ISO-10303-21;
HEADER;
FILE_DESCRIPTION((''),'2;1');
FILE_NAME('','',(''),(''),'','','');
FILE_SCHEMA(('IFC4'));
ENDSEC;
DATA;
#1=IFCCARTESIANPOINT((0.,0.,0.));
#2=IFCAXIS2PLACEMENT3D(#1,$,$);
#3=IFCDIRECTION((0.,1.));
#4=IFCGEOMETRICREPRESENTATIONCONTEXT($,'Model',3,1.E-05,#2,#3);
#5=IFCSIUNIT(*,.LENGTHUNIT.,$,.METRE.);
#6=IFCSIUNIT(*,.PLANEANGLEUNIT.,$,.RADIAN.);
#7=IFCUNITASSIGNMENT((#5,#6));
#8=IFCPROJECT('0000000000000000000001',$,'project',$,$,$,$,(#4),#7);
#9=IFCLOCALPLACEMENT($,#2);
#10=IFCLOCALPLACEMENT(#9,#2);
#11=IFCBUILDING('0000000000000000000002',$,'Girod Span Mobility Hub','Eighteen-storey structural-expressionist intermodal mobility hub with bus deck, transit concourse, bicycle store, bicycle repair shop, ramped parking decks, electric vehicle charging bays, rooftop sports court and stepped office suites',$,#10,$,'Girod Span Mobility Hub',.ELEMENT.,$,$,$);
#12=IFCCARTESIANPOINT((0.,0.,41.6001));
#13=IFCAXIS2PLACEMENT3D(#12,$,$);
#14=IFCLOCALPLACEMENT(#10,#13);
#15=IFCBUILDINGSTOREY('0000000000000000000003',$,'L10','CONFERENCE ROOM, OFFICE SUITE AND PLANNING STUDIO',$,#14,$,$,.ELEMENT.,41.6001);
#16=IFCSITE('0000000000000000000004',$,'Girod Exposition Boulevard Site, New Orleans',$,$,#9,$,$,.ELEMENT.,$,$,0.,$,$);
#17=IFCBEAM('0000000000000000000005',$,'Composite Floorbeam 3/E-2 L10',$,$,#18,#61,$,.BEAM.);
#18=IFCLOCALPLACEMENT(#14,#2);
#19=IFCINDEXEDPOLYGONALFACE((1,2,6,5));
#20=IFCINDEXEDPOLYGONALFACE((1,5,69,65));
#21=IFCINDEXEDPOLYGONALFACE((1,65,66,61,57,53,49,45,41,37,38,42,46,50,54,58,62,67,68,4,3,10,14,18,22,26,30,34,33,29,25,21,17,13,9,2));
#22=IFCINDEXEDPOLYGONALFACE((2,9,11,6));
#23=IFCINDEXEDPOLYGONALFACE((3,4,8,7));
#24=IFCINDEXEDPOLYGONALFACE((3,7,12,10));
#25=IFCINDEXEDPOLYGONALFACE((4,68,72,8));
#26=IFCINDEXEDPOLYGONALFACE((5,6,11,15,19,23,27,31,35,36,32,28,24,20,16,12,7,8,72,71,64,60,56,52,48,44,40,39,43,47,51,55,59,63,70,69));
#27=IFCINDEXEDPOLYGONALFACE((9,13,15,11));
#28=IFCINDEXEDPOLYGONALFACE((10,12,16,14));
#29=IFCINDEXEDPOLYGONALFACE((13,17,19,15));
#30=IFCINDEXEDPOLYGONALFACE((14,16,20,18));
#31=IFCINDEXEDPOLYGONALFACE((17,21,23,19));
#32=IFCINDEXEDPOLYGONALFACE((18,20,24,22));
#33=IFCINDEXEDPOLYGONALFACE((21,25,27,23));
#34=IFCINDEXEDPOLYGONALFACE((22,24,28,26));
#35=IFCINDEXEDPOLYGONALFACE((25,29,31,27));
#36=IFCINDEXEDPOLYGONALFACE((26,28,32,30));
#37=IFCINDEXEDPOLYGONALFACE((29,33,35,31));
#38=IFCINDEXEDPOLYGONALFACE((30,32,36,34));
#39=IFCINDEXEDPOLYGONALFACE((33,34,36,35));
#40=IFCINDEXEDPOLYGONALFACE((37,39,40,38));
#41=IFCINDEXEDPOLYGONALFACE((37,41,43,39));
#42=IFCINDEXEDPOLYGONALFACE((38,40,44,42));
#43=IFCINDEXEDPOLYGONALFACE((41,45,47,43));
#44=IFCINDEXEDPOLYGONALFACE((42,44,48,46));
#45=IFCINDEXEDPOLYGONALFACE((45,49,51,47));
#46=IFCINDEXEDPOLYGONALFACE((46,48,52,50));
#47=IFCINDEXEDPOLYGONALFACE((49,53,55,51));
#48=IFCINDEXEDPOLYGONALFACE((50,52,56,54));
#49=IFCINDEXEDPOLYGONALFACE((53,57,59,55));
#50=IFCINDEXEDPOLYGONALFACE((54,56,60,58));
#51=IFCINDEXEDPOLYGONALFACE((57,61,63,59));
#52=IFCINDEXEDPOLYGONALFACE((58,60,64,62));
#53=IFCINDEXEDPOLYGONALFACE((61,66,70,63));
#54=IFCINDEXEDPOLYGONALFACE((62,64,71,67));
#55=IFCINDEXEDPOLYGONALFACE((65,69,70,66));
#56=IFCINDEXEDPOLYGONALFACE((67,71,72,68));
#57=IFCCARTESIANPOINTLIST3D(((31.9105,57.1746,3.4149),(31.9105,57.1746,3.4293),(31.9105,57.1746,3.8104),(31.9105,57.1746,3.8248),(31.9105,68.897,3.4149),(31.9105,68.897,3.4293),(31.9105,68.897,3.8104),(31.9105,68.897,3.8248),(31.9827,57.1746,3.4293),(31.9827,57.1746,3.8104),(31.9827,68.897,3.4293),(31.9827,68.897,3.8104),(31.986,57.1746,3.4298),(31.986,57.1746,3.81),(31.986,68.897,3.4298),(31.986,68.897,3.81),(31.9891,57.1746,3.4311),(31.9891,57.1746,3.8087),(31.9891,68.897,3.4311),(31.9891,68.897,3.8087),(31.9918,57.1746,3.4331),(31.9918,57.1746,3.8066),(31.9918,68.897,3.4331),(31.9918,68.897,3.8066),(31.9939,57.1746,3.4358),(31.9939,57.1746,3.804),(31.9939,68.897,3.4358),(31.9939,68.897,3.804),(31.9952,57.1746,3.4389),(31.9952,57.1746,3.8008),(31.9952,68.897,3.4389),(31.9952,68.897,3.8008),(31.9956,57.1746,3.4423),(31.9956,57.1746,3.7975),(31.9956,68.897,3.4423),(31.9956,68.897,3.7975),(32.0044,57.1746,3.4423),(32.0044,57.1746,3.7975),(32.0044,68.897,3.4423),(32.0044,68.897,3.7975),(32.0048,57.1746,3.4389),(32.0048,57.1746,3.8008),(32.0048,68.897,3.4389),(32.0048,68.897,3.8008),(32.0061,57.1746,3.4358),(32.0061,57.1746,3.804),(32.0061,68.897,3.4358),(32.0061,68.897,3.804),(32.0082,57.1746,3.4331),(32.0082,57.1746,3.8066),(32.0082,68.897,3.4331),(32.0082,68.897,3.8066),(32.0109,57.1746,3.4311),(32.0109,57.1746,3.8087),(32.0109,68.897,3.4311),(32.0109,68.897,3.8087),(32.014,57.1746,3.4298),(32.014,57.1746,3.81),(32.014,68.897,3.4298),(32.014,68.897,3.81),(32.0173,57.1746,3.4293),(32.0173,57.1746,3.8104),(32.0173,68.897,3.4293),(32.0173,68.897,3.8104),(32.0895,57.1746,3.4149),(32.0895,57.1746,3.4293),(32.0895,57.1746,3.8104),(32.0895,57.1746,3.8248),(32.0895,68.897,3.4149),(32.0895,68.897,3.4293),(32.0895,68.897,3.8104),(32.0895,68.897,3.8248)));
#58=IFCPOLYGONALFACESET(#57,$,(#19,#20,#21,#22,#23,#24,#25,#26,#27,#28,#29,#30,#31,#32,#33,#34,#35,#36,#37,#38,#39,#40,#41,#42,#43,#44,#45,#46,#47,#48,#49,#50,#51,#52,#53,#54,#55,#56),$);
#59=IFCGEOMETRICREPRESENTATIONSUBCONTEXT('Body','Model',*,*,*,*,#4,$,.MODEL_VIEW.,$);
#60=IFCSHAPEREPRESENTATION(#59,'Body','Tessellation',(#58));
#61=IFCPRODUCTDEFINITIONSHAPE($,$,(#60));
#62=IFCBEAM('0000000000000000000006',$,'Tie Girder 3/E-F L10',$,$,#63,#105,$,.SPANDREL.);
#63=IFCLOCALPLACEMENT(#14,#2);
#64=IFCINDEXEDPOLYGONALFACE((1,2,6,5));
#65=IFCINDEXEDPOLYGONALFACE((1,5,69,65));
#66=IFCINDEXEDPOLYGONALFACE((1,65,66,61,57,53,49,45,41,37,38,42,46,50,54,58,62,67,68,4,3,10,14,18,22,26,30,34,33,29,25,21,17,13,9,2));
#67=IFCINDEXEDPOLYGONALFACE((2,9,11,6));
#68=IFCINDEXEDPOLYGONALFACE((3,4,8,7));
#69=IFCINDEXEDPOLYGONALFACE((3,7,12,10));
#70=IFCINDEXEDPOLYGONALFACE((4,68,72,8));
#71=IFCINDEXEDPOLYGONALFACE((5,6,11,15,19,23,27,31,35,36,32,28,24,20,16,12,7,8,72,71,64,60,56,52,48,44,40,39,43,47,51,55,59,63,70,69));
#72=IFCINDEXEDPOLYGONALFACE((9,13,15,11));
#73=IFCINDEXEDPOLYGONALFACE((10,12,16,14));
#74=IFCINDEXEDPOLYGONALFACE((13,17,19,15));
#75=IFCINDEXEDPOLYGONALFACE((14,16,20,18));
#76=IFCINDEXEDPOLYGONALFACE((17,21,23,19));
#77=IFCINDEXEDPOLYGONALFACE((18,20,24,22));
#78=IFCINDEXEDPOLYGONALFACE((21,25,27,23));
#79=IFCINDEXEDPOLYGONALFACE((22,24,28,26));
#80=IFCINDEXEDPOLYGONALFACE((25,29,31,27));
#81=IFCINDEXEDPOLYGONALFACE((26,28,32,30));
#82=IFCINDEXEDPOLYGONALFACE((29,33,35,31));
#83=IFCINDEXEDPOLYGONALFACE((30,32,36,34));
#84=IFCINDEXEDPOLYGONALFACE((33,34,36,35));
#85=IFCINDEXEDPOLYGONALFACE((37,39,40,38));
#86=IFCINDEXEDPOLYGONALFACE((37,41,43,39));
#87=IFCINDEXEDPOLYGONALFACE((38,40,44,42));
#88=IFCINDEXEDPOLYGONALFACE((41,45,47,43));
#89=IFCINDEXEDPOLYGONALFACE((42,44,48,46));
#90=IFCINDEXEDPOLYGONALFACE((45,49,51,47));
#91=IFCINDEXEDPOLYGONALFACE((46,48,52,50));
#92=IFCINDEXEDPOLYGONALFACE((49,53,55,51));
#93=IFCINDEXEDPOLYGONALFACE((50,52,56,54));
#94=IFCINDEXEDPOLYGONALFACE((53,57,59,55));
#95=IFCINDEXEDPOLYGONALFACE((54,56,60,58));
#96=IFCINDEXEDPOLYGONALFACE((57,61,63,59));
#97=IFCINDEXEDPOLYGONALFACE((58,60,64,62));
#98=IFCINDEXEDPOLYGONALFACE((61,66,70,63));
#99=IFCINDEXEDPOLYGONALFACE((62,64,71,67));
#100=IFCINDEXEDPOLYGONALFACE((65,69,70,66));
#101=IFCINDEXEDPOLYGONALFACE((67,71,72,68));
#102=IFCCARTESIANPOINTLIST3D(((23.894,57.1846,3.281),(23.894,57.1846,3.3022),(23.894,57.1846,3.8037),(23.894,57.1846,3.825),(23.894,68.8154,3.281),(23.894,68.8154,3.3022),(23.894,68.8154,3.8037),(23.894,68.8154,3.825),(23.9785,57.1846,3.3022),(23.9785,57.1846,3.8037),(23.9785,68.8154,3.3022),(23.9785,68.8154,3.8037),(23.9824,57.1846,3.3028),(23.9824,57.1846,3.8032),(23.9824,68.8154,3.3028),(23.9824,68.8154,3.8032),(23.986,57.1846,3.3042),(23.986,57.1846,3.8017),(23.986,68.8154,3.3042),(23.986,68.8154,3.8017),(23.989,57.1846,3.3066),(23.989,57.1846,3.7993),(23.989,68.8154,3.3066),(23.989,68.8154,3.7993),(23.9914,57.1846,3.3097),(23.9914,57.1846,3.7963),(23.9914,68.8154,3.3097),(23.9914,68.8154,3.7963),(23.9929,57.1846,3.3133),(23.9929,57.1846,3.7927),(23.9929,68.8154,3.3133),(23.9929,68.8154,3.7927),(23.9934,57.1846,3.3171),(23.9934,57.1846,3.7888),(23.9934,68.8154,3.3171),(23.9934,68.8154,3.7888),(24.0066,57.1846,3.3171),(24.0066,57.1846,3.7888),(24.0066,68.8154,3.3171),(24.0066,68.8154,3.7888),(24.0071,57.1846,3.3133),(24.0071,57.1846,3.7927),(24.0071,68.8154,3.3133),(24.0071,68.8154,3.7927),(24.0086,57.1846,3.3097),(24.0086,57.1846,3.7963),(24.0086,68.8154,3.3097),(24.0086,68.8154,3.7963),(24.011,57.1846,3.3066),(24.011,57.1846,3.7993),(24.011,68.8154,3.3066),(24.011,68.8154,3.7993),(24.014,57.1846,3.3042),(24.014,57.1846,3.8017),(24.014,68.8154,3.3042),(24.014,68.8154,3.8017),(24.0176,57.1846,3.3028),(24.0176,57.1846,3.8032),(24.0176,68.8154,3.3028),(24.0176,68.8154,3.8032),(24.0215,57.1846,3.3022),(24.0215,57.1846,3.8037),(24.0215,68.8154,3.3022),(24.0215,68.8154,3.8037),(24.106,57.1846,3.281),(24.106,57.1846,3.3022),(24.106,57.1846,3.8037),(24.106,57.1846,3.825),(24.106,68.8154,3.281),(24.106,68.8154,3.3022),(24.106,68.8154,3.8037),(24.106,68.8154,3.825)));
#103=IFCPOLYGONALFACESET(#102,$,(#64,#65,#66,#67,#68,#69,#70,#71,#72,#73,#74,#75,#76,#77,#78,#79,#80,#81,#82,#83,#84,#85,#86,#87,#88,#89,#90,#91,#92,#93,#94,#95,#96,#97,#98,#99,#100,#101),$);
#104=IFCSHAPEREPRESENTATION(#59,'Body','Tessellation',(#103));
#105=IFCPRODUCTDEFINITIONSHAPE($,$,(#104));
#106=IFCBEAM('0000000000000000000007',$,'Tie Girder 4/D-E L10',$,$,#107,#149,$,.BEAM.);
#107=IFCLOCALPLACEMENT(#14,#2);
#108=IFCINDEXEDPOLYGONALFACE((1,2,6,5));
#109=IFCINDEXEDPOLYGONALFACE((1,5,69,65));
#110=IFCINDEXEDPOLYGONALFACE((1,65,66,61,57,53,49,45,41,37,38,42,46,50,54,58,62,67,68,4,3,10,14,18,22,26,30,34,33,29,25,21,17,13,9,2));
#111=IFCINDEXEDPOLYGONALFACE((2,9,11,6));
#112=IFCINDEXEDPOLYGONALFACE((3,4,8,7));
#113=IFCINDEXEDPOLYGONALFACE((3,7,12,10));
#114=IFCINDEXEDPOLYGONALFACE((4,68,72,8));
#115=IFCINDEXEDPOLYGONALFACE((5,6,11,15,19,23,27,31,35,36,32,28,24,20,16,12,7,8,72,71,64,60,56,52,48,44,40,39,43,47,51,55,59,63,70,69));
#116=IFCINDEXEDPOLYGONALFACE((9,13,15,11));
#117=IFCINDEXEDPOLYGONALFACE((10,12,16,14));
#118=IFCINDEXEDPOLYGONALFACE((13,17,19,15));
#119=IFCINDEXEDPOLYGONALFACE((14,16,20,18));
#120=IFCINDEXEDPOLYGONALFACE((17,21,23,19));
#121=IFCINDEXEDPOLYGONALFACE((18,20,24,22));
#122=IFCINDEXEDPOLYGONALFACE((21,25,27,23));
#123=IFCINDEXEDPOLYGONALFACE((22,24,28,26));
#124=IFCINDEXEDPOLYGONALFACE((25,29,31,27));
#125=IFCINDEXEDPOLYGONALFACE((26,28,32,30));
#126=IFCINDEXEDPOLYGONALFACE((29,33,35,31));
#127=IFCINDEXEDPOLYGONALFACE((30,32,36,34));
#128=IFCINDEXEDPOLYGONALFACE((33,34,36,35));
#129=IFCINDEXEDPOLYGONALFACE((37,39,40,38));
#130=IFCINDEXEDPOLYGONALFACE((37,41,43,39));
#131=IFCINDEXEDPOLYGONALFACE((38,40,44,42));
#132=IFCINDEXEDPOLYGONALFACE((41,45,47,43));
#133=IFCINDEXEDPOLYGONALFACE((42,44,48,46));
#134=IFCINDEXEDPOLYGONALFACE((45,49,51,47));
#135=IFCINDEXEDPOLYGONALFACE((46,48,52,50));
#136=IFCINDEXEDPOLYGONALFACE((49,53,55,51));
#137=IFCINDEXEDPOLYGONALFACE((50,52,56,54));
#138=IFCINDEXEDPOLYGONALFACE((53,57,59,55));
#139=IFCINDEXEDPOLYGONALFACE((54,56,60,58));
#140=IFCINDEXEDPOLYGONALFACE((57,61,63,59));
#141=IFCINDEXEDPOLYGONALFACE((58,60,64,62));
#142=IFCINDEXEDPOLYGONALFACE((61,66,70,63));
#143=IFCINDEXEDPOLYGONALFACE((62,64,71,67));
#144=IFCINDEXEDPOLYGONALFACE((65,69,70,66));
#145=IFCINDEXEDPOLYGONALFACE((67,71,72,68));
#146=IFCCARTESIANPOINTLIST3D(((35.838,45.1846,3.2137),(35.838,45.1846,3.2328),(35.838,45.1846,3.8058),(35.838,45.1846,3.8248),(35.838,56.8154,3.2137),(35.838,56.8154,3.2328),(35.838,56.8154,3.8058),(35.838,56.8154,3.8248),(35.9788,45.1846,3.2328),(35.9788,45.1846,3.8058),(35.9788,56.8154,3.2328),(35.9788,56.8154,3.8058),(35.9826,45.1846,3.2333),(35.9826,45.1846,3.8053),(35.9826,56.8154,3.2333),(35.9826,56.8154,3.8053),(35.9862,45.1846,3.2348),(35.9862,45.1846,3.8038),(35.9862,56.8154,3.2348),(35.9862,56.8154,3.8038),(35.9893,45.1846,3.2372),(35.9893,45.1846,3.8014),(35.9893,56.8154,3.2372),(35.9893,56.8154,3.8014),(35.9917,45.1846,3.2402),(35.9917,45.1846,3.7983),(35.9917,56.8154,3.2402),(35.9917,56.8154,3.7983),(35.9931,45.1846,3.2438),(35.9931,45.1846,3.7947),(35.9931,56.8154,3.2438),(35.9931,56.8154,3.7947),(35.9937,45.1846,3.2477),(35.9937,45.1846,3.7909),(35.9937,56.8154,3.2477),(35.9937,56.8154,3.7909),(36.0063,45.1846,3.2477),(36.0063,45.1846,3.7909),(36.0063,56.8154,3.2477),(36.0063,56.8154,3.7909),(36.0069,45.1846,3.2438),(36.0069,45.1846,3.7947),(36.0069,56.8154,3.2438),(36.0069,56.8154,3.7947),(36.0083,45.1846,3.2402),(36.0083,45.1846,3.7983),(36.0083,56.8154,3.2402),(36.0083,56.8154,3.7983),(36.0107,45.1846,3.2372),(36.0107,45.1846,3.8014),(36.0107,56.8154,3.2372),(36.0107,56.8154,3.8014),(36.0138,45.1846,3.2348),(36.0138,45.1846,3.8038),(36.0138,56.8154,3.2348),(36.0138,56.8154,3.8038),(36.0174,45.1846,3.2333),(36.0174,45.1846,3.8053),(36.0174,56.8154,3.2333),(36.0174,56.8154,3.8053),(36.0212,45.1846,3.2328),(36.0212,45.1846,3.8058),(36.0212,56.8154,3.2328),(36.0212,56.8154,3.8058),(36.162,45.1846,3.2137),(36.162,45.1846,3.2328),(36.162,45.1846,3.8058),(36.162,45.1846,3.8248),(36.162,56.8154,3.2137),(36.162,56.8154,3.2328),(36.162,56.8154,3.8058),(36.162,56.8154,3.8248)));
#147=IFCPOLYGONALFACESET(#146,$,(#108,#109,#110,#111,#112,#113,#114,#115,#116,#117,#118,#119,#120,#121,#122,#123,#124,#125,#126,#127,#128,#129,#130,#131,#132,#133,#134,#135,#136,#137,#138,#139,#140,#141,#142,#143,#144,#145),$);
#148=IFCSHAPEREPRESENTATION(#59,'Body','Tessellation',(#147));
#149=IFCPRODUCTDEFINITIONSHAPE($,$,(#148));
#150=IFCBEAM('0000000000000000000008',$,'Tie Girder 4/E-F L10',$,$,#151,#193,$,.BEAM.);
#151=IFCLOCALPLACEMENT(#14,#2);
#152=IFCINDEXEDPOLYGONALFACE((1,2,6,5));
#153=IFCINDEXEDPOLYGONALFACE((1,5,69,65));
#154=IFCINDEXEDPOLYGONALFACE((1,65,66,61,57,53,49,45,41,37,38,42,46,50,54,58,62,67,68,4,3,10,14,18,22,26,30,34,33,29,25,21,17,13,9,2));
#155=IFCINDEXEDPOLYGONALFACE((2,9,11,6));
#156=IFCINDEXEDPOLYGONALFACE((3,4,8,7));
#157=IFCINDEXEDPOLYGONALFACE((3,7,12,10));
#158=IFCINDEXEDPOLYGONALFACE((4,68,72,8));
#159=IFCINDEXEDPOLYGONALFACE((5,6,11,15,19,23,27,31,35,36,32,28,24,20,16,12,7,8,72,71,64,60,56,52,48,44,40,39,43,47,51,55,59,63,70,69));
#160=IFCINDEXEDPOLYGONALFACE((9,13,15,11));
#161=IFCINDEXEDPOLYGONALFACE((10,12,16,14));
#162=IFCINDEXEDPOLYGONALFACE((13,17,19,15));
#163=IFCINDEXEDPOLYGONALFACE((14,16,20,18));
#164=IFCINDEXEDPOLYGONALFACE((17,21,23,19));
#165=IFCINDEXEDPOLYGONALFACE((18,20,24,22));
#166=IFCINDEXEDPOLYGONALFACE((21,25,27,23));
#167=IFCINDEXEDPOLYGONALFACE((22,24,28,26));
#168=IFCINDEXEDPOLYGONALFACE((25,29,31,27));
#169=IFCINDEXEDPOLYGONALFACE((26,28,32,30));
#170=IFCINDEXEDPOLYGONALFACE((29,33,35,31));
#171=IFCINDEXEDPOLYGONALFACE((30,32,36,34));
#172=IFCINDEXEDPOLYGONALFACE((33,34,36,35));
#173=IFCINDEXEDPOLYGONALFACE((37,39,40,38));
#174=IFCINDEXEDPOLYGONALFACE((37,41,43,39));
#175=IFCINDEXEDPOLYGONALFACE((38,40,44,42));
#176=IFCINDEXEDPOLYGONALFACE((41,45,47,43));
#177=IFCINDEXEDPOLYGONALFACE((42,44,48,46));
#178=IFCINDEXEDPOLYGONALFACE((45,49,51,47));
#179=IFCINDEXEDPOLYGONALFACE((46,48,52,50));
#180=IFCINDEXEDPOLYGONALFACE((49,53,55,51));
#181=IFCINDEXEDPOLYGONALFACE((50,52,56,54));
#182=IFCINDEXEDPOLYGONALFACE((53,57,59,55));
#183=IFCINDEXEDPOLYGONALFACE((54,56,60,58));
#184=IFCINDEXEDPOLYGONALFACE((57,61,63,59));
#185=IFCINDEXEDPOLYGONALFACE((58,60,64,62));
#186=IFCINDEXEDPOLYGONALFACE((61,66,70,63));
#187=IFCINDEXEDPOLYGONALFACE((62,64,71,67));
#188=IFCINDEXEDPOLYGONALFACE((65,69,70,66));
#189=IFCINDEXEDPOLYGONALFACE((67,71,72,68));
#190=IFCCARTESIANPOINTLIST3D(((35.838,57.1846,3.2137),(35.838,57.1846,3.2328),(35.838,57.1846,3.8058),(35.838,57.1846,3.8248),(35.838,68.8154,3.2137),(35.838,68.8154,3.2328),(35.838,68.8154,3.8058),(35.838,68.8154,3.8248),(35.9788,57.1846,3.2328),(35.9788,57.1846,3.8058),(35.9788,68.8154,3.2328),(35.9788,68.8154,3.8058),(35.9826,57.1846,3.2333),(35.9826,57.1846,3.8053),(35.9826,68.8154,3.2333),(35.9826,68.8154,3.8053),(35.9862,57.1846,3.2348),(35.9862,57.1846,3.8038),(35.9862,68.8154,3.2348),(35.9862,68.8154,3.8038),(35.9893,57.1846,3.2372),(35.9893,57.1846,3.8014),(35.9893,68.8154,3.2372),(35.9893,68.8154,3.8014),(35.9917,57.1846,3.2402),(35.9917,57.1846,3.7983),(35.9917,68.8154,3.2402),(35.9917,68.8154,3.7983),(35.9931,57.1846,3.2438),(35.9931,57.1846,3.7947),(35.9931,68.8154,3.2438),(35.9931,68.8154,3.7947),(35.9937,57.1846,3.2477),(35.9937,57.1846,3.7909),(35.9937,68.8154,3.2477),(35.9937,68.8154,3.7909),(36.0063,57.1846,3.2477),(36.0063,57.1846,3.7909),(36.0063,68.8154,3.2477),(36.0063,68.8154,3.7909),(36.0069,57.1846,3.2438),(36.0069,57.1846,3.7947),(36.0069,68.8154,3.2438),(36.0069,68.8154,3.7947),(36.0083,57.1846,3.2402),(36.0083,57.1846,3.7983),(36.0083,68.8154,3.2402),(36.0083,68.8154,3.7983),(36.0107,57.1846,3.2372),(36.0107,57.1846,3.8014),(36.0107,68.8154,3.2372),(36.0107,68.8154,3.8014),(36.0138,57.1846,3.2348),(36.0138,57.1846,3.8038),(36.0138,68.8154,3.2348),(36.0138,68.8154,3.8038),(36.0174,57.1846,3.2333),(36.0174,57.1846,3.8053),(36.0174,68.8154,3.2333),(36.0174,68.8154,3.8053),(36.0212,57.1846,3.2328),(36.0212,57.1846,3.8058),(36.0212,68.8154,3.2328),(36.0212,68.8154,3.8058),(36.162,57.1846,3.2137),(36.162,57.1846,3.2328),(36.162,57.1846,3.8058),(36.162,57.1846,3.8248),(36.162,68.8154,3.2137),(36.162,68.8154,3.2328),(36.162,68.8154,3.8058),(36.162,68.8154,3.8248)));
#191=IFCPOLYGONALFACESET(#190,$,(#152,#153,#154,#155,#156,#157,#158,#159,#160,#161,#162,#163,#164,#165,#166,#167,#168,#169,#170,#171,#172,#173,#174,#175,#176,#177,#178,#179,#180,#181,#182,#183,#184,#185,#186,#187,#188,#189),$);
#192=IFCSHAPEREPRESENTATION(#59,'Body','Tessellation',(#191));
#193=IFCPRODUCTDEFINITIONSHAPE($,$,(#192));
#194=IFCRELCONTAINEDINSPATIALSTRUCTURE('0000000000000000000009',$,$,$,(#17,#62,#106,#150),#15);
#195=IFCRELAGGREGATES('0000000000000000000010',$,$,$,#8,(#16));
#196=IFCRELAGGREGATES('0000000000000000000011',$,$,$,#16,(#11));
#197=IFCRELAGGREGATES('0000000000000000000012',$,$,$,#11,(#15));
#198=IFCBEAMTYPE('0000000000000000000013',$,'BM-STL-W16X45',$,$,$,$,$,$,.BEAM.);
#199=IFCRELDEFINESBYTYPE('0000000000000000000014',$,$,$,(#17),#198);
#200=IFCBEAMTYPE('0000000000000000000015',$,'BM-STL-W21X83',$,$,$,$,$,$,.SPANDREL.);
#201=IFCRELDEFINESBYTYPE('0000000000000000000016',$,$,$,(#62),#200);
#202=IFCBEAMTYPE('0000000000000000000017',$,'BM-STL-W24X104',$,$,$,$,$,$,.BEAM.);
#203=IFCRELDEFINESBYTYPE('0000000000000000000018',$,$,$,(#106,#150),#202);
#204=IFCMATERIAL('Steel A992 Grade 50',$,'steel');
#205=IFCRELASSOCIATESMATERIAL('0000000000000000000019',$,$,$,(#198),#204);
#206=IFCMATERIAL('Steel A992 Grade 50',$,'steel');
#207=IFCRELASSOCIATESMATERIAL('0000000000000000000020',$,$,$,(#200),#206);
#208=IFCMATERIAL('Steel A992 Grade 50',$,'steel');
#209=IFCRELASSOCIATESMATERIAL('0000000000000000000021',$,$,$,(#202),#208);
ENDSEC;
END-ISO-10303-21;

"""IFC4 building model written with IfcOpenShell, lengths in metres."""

from ifc_helpers import new_model, si_unit, direction, frame, origin, origin_2d, place, context, subcontext, project, spatial, i_section, extrude, material, material_profile, profile_set, type_object, element, save


model = new_model("IFC4")

# Units and contexts
model_context = context("Model", 3, precision=1e-05, world=origin(), true_north=direction((0.0, 1.0)))
body_context = subcontext(model_context, "Body", "Model", "MODEL_VIEW")
ifc_project = project(units=[si_unit("LENGTHUNIT", "METRE"), si_unit("PLANEANGLEUNIT", "RADIAN")], contexts=[model_context])

# Site, building, storey
site_placement = place(None, origin())
site = spatial("IfcSite", under=ifc_project, at=site_placement, Name="Girod Exposition Boulevard Site, New Orleans", CompositionType="ELEMENT", RefElevation=0.0)
building_placement = place(site_placement, origin())
building = spatial("IfcBuilding", under=site, at=building_placement, Name="Girod Span Mobility Hub", Description="Eighteen-storey structural-expressionist intermodal mobility hub with bus deck, transit concourse, bicycle store, bicycle repair shop, ramped parking decks, electric vehicle charging bays, rooftop sports court and stepped office suites", LongName="Girod Span Mobility Hub", CompositionType="ELEMENT")
storey_placement = place(building_placement, frame((0.0, 0.0, 41.6001)))
storey = spatial("IfcBuildingStorey", under=building, at=storey_placement, Name="L10", Description="CONFERENCE ROOM, OFFICE SUITE AND PLANNING STUDIO", CompositionType="ELEMENT", Elevation=41.6001)

# Beams
ifc_material_1 = material(Name="Steel A992 Grade 50", Category="steel")
ifc_material_profile_1 = material_profile(ifc_material_1, i_section(OverallWidth=0.179, OverallDepth=0.4099, WebThickness=0.0088, FlangeThickness=0.0144, FilletRadius=0.0129, at=origin_2d()), Name="W16X45")
ifc_profile_set_1 = profile_set([ifc_material_profile_1], Name="Steel A992 Grade 50")
beam_type_1 = type_object("IfcBeamType", Name="BM-STL-W16X45", PredefinedType="BEAM", material=ifc_profile_set_1)
for number, where, z_axis, x_axis, name in (
    (1, (32.0, 57.1746, 3.6199), (0.0, 1.0, 0.0), (-1.0, 0.0, 0.0), "Composite Floorbeam 3/E-2 L10"),
):
    element("IfcBeam", number, at=place(storey_placement, frame(where, z_axis=z_axis, x_axis=x_axis)), inside=storey, type_object=beam_type_1, Name=name, PredefinedType="BEAM", context=body_context, shape_type="SweptSolid", body=[
        extrude(i_section(OverallWidth=0.179, OverallDepth=0.4099, WebThickness=0.0088, FlangeThickness=0.0144, FilletRadius=0.0129, at=origin_2d()), origin(), (0.0, 0.0, 1.0), 11.7224),
    ])
ifc_material_2 = material(Name="Steel A992 Grade 50", Category="steel")
ifc_material_profile_2 = material_profile(ifc_material_2, i_section(OverallWidth=0.2119, OverallDepth=0.5439, WebThickness=0.0132, FlangeThickness=0.0212, FilletRadius=0.0149, at=origin_2d()), Name="W21X83")
ifc_profile_set_2 = profile_set([ifc_material_profile_2], Name="Steel A992 Grade 50")
beam_type_2 = type_object("IfcBeamType", Name="BM-STL-W21X83", PredefinedType="SPANDREL", material=ifc_profile_set_2)
beam_1_placement = place(storey_placement, frame((24.0, 57.1846, 3.553), z_axis=(0.0, 1.0, 0.0), x_axis=(-1.0, 0.0, 0.0)))
element("IfcBeam", 2, at=beam_1_placement, inside=storey, type_object=beam_type_2, Name="Tie Girder 3/E-F L10", PredefinedType="SPANDREL", context=body_context, shape_type="SweptSolid", body=[
    extrude(i_section(OverallWidth=0.2119, OverallDepth=0.5439, WebThickness=0.0132, FlangeThickness=0.0212, FilletRadius=0.0149, at=origin_2d()), origin(), (0.0, 0.0, 1.0), 11.6309),
])
ifc_material_3 = material(Name="Steel A992 Grade 50", Category="steel")
ifc_material_profile_3 = material_profile(ifc_material_3, i_section(OverallWidth=0.324, OverallDepth=0.6111, WebThickness=0.0127, FlangeThickness=0.019, FilletRadius=0.0149, at=origin_2d()), Name="W24X104")
ifc_profile_set_3 = profile_set([ifc_material_profile_3], Name="Steel A992 Grade 50")
beam_type_3 = type_object("IfcBeamType", Name="BM-STL-W24X104", PredefinedType="BEAM", material=ifc_profile_set_3)
for number, where, z_axis, x_axis, name in (
    (3, (36.0, 45.1846, 3.5193), (0.0, 1.0, 0.0), (-1.0, 0.0, 0.0), "Tie Girder 4/D-E L10"),
    (4, (36.0, 57.1846, 3.5193), (0.0, 1.0, 0.0), (-1.0, 0.0, 0.0), "Tie Girder 4/E-F L10"),
):
    element("IfcBeam", number, at=place(storey_placement, frame(where, z_axis=z_axis, x_axis=x_axis)), inside=storey, type_object=beam_type_3, Name=name, PredefinedType="BEAM", context=body_context, shape_type="SweptSolid", body=[
        extrude(i_section(OverallWidth=0.324, OverallDepth=0.6111, WebThickness=0.0127, FlangeThickness=0.019, FilletRadius=0.0149, at=origin_2d()), origin(), (0.0, 0.0, 1.0), 11.6309),
    ])

save(model, "model.ifc")
